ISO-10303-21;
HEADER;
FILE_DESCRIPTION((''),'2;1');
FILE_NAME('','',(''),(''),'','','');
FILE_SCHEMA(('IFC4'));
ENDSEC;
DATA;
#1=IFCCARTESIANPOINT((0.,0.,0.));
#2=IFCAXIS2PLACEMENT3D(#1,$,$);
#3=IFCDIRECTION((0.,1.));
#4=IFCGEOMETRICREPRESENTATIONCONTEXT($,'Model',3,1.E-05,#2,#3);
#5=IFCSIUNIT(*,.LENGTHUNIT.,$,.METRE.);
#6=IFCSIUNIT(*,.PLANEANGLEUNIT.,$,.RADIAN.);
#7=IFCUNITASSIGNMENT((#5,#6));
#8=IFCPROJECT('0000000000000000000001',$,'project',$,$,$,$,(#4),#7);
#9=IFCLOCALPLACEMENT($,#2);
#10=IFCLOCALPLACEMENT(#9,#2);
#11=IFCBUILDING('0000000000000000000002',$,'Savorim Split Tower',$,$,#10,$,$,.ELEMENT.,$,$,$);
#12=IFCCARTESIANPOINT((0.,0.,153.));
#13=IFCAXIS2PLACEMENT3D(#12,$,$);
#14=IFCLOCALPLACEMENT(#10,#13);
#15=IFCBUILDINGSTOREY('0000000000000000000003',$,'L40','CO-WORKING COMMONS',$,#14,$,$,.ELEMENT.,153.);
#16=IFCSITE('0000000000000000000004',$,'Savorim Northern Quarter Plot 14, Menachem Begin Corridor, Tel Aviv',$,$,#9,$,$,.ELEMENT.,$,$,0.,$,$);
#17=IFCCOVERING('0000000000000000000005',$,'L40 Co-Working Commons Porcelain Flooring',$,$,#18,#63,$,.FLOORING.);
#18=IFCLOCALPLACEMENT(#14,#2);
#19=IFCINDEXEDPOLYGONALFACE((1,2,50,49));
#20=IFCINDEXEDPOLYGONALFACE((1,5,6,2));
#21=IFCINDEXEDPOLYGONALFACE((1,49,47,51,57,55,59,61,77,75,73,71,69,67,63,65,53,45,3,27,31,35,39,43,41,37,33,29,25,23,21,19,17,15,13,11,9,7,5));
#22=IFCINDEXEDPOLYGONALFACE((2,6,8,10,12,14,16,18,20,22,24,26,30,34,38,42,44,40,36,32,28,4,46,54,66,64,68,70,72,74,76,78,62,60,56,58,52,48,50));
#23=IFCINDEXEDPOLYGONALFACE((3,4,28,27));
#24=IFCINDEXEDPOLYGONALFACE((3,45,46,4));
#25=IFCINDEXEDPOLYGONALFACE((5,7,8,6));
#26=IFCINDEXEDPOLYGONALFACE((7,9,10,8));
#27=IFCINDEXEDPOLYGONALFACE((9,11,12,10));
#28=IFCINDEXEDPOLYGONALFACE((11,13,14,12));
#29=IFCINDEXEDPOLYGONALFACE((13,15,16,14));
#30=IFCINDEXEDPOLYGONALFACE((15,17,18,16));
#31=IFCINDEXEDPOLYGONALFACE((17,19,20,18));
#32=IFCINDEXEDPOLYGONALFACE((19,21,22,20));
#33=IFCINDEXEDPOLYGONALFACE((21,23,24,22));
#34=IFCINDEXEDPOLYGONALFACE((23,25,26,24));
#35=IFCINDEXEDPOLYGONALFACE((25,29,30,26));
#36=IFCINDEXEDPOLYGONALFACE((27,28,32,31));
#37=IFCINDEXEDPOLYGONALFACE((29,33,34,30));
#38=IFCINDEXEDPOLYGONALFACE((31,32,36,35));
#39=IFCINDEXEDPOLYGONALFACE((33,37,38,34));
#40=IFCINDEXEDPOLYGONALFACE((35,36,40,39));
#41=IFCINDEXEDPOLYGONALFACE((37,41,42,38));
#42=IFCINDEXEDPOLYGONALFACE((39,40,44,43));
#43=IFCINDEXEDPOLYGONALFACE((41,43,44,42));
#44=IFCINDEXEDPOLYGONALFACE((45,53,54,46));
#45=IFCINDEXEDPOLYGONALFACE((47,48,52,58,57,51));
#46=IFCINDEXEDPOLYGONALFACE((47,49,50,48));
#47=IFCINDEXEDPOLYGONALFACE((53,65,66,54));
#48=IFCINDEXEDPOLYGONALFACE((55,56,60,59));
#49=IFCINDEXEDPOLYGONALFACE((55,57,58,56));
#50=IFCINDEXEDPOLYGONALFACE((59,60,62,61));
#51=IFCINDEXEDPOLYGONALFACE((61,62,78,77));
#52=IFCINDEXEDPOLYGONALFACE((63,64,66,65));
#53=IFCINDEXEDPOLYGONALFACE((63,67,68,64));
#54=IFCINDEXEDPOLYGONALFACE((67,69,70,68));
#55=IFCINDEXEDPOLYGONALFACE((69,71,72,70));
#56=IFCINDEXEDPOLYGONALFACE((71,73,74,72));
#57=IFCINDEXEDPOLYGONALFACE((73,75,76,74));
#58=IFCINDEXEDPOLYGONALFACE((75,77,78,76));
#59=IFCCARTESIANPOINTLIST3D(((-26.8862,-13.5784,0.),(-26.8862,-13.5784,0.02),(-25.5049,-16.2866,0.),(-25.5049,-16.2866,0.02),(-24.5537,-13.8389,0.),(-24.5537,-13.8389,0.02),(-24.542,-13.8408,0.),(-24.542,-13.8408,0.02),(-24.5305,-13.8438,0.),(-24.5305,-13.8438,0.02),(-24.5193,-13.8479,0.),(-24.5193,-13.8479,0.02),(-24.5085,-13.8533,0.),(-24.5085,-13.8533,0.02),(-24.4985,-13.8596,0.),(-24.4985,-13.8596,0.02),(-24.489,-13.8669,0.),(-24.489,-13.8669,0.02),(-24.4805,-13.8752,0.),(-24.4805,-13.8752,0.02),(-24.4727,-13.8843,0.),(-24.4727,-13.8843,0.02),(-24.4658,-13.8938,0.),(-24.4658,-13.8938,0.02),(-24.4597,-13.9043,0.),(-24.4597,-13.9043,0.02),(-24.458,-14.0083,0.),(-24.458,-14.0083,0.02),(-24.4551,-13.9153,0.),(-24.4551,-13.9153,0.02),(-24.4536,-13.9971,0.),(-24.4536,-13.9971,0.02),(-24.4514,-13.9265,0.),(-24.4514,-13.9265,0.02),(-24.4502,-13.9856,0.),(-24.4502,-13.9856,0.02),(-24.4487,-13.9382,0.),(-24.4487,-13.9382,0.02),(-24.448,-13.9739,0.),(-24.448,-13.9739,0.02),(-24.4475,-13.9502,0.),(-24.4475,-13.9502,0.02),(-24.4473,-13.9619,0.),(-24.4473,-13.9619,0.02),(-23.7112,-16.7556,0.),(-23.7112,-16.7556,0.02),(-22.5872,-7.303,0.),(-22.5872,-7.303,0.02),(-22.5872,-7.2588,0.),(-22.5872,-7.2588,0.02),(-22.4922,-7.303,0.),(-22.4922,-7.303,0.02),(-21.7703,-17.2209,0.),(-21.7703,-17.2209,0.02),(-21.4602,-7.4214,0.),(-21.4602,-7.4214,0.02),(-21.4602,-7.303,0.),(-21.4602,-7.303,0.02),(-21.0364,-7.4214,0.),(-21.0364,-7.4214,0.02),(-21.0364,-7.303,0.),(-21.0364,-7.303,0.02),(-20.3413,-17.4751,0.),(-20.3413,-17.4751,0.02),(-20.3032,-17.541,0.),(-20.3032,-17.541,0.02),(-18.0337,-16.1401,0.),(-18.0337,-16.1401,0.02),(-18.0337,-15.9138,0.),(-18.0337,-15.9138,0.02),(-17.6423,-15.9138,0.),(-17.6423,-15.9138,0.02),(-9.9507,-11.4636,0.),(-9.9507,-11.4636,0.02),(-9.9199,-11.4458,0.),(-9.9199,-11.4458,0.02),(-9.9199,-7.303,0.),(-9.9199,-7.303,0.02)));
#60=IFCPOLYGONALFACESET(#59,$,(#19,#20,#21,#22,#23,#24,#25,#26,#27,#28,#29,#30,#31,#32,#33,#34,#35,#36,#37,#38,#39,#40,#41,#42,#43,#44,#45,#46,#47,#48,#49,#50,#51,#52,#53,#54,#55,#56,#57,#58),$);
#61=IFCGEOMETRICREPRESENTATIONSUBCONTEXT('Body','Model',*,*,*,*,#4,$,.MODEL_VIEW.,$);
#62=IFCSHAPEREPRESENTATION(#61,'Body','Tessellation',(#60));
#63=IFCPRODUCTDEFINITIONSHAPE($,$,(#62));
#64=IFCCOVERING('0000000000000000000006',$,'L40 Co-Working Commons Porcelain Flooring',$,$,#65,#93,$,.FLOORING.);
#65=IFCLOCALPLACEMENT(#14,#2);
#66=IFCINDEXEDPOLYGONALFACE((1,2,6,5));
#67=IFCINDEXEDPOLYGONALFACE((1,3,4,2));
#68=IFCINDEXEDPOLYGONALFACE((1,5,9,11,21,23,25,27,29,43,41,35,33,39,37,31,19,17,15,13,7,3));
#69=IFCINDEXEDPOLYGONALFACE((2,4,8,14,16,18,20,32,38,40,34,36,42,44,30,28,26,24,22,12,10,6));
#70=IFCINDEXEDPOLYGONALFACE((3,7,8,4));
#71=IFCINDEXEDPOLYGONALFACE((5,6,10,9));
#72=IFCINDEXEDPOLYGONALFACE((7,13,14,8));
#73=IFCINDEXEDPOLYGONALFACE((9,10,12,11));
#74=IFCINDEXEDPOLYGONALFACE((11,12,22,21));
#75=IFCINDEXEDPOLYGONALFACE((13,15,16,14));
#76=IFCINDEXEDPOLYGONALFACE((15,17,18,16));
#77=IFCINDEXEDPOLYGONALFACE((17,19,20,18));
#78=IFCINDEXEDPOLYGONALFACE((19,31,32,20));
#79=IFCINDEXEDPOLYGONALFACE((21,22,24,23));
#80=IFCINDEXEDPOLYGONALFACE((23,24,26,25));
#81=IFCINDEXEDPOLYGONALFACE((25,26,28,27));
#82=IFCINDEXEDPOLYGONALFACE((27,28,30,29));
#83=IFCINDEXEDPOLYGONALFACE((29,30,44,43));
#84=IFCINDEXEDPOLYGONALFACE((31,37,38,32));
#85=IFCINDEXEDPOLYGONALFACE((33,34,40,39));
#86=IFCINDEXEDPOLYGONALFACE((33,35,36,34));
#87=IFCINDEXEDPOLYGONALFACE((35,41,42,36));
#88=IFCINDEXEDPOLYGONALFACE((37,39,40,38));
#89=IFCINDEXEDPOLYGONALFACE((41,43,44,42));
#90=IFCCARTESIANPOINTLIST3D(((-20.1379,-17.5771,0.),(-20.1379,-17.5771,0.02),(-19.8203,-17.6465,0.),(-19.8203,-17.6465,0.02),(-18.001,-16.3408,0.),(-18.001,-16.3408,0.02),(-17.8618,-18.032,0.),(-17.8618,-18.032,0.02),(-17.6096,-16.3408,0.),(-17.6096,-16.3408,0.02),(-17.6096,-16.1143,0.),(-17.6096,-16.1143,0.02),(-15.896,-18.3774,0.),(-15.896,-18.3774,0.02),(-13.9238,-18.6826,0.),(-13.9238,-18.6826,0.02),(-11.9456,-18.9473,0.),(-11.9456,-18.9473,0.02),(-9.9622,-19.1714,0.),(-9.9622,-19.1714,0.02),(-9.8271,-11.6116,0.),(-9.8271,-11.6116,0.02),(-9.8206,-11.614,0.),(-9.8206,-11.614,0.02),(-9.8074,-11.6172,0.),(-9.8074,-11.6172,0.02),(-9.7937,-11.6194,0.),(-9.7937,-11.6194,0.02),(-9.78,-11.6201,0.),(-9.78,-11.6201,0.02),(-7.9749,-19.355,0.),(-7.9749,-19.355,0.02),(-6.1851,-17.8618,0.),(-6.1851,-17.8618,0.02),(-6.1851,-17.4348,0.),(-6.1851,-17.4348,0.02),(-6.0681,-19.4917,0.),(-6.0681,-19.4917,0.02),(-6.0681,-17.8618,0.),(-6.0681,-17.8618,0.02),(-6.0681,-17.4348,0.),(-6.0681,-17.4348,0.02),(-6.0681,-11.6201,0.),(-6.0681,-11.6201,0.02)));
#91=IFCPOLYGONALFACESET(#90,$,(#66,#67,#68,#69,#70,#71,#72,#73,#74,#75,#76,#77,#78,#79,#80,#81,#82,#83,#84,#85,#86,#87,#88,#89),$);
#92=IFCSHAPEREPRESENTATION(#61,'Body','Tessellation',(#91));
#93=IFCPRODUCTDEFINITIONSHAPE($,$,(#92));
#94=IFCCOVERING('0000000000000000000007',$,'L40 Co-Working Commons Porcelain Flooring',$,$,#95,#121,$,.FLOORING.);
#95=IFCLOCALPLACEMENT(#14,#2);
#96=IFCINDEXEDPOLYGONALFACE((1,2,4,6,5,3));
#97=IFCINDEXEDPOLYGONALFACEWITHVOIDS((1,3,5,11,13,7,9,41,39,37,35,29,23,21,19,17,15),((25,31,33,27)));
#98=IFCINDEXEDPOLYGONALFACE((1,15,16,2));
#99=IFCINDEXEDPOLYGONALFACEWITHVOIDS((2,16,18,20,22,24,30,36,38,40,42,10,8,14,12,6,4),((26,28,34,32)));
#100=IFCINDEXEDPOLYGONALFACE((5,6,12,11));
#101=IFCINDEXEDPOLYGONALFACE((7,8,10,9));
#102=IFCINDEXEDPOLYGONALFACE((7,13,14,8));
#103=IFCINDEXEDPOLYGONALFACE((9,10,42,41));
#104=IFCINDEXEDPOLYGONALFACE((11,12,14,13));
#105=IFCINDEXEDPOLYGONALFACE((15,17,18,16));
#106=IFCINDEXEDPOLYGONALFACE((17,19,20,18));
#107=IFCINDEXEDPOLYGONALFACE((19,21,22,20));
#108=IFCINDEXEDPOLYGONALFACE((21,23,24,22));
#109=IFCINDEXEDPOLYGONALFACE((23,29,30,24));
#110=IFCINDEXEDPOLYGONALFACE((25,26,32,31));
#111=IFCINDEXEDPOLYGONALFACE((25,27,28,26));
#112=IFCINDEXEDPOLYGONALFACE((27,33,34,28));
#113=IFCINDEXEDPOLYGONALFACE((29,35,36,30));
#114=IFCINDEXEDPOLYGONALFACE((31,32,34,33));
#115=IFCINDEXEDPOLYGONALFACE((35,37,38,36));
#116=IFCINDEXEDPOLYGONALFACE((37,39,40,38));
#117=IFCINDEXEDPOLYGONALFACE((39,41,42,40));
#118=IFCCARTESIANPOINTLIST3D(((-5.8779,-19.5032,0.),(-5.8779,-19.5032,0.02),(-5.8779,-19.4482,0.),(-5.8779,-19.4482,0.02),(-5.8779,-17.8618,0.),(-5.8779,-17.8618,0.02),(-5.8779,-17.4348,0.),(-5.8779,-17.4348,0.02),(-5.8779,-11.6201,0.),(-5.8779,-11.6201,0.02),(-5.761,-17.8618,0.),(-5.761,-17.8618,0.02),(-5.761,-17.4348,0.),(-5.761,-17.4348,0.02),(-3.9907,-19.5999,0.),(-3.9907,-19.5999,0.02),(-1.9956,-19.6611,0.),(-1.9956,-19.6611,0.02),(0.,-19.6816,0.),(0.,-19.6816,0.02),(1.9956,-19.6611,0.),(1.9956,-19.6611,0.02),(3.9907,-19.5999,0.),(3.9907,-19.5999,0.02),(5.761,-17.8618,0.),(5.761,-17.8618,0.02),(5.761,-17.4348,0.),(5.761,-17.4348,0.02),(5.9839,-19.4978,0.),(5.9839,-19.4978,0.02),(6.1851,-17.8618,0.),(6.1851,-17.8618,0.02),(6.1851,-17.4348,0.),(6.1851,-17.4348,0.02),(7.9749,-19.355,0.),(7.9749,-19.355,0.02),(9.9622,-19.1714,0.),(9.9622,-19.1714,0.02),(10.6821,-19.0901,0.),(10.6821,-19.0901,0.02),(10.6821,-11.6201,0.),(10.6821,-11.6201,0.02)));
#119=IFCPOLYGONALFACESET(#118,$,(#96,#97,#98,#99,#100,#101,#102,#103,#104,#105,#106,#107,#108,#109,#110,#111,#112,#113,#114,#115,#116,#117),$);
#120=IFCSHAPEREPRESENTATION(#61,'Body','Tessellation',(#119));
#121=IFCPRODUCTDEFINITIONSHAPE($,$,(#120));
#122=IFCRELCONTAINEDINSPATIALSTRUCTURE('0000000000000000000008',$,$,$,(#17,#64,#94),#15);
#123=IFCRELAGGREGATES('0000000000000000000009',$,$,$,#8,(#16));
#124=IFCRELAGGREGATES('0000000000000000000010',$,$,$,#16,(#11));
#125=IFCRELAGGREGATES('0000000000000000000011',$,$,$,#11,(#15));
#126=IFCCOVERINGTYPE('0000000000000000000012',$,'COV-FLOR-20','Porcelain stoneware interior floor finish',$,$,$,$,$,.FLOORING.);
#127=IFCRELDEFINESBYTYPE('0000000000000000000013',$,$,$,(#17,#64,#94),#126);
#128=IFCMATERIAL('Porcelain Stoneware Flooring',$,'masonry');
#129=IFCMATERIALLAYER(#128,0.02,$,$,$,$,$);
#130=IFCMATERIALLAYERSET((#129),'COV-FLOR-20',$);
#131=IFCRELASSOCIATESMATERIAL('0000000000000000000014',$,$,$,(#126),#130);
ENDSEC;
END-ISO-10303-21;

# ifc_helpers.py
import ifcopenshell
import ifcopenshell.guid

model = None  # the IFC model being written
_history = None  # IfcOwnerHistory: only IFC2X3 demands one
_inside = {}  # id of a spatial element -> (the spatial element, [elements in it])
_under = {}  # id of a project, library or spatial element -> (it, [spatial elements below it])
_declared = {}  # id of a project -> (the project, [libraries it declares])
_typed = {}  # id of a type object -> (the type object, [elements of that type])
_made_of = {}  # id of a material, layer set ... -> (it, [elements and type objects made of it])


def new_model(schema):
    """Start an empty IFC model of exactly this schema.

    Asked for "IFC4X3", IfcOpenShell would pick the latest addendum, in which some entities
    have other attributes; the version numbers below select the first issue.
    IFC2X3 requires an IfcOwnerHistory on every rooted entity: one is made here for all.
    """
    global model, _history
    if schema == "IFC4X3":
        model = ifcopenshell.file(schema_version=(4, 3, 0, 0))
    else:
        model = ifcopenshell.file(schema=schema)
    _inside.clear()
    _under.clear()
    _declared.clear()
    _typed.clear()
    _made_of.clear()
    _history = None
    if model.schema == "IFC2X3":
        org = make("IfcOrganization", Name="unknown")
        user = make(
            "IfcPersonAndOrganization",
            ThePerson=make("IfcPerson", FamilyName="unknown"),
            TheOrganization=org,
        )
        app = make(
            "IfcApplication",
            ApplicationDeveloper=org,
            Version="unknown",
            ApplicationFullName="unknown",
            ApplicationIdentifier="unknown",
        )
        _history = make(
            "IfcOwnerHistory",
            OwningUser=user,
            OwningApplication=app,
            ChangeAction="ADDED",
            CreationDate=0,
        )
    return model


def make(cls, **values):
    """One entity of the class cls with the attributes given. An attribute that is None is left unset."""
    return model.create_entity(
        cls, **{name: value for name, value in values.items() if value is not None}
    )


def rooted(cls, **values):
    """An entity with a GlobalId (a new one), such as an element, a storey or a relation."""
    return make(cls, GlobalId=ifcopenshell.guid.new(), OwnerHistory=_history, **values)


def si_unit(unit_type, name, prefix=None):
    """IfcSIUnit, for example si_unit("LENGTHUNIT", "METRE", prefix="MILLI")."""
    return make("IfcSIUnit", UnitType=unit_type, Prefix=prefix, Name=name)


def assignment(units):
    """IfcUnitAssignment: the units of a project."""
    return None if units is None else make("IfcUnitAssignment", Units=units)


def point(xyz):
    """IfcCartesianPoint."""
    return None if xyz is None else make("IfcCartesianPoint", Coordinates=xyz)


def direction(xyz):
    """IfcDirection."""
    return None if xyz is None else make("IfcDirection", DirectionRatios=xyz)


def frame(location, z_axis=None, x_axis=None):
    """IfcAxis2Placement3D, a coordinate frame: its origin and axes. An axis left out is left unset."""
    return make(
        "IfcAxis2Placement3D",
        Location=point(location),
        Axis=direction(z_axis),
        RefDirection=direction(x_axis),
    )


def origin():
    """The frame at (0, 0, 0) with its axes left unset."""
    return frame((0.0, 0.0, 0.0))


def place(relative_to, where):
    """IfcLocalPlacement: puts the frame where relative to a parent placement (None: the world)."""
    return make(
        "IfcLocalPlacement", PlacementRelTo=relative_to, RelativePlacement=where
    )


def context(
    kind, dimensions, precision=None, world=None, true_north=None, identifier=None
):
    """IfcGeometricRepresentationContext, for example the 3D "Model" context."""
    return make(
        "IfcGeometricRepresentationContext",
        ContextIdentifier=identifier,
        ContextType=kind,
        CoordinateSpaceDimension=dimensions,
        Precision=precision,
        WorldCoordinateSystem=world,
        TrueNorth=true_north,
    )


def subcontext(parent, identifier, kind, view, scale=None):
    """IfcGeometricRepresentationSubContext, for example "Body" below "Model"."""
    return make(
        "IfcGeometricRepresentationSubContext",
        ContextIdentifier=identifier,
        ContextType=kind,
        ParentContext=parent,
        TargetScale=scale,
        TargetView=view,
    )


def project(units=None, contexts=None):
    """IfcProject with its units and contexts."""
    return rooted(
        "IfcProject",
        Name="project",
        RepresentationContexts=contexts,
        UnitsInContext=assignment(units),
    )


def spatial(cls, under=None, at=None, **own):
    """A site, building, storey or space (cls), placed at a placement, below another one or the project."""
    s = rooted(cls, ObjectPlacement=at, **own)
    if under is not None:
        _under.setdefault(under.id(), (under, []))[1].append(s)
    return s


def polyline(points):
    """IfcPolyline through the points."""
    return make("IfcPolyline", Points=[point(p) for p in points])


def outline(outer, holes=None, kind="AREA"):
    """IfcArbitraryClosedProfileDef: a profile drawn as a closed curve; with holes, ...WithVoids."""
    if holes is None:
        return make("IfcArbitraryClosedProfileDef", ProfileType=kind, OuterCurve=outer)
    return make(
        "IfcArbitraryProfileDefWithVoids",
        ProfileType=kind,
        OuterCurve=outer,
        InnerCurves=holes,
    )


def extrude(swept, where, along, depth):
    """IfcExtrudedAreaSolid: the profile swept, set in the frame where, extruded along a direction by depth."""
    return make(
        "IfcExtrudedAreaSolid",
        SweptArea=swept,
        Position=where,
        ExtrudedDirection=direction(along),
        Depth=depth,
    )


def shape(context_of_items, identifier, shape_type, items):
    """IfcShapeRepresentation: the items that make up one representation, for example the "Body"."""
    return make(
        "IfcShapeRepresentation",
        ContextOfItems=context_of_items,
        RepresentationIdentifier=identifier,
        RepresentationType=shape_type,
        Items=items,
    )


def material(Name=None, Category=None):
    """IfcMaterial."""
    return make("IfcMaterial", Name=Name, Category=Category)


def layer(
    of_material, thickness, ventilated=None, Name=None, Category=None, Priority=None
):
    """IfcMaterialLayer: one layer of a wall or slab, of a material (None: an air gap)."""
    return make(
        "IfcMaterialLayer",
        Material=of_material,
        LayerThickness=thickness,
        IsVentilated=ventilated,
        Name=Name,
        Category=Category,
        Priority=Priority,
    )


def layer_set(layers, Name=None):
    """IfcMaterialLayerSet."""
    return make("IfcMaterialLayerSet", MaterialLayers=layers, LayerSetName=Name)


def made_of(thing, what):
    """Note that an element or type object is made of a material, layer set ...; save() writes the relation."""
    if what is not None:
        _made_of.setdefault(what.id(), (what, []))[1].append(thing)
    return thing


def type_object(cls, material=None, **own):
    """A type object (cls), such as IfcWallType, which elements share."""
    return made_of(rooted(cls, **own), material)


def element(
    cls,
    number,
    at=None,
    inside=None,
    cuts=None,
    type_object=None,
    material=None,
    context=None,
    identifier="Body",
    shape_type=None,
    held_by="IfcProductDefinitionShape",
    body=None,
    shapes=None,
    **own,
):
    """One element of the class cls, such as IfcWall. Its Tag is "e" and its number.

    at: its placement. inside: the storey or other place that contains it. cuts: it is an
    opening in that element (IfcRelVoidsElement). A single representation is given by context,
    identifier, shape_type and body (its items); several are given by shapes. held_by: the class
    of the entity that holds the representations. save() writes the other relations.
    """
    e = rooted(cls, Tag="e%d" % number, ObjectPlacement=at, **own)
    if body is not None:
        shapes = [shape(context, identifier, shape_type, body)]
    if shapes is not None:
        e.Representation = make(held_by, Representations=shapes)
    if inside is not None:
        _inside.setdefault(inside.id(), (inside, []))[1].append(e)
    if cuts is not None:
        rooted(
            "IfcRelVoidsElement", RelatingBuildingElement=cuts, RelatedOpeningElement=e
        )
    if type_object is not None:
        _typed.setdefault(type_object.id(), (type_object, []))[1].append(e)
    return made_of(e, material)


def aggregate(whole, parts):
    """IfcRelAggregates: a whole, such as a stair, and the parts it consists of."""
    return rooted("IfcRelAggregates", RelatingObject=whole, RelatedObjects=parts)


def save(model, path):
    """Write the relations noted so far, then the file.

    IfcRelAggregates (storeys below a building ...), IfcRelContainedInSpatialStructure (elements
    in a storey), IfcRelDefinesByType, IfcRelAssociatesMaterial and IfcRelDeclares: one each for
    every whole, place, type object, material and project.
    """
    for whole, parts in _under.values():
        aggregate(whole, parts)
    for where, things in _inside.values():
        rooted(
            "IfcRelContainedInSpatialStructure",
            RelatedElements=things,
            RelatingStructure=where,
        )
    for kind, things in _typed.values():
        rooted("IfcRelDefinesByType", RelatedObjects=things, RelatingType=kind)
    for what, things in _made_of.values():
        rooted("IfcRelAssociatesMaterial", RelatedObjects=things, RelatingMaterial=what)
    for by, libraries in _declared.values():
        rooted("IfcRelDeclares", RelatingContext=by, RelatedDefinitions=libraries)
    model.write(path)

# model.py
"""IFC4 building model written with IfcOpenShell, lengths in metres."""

from ifc_helpers import new_model, si_unit, direction, frame, origin, place, context, subcontext, project, spatial, polyline, outline, extrude, material, layer, layer_set, type_object, element, save


model = new_model("IFC4")

# Units and contexts
model_context = context("Model", 3, precision=1e-05, world=origin(), true_north=direction((0.0, 1.0)))
body_context = subcontext(model_context, "Body", "Model", "MODEL_VIEW")
ifc_project = project(units=[si_unit("LENGTHUNIT", "METRE"), si_unit("PLANEANGLEUNIT", "RADIAN")], contexts=[model_context])

# Site, building, storey
site_placement = place(None, origin())
site = spatial("IfcSite", under=ifc_project, at=site_placement, Name="Savorim Northern Quarter Plot 14, Menachem Begin Corridor, Tel Aviv", CompositionType="ELEMENT", RefElevation=0.0)
building_placement = place(site_placement, origin())
building = spatial("IfcBuilding", under=site, at=building_placement, Name="Savorim Split Tower", CompositionType="ELEMENT")
storey_placement = place(building_placement, frame((0.0, 0.0, 153.0)))
storey = spatial("IfcBuildingStorey", under=building, at=storey_placement, Name="L40", Description="CO-WORKING COMMONS", CompositionType="ELEMENT", Elevation=153.0)

# Coverings
ifc_material_1 = material(Name="Porcelain Stoneware Flooring", Category="masonry")
ifc_layer_1 = layer(ifc_material_1, 0.02)
ifc_layer_set_1 = layer_set([ifc_layer_1], Name="COV-FLOR-20")
covering_type_1 = type_object("IfcCoveringType", Name="COV-FLOR-20", Description="Porcelain stoneware interior floor finish", PredefinedType="FLOORING", material=ifc_layer_set_1)
covering_1_placement = place(storey_placement, origin())
element("IfcCovering", 1, at=covering_1_placement, inside=storey, type_object=covering_type_1, Name="L40 Co-Working Commons Porcelain Flooring", PredefinedType="FLOORING", context=body_context, shape_type="SweptSolid", body=[
    extrude(outline(polyline([(-24.4475, -13.9502), (-24.4473, -13.9619), (-24.448, -13.9739), (-24.4502, -13.9856), (-24.4536, -13.9971), (-24.458, -14.0083), (-25.5049, -16.2866), (-23.7112, -16.7556), (-21.7703, -17.2209), (-20.3032, -17.541), (-20.3413, -17.4751), (-18.0337, -16.1401), (-18.0337, -15.9138), (-17.6423, -15.9138), (-9.9507, -11.4636), (-9.9199, -11.4458), (-9.9199, -7.303), (-21.0364, -7.303), (-21.0364, -7.4214), (-21.4602, -7.4214), (-21.4602, -7.303), (-22.4922, -7.303), (-22.5872, -7.303), (-22.5872, -7.2588), (-26.8862, -13.5784), (-24.5537, -13.8389), (-24.542, -13.8408), (-24.5305, -13.8438), (-24.5193, -13.8479), (-24.5085, -13.8533), (-24.4985, -13.8596), (-24.489, -13.8669), (-24.4805, -13.8752), (-24.4727, -13.8843), (-24.4658, -13.8938), (-24.4597, -13.9043), (-24.4551, -13.9153), (-24.4514, -13.9265), (-24.4487, -13.9382), (-24.4475, -13.9502)])), origin(), (0.0, 0.0, 1.0), 0.02),
])
covering_2_placement = place(storey_placement, origin())
element("IfcCovering", 2, at=covering_2_placement, inside=storey, type_object=covering_type_1, Name="L40 Co-Working Commons Porcelain Flooring", PredefinedType="FLOORING", context=body_context, shape_type="SweptSolid", body=[
    extrude(outline(polyline([(-13.9238, -18.6826), (-11.9456, -18.9473), (-9.9622, -19.1714), (-7.9749, -19.355), (-6.0681, -19.4917), (-6.0681, -17.8618), (-6.1851, -17.8618), (-6.1851, -17.4348), (-6.0681, -17.4348), (-6.0681, -11.6201), (-9.78, -11.6201), (-9.7937, -11.6194), (-9.8074, -11.6172), (-9.8206, -11.614), (-9.8271, -11.6116), (-17.6096, -16.1143), (-17.6096, -16.3408), (-18.001, -16.3408), (-20.1379, -17.5771), (-19.8203, -17.6465), (-17.8618, -18.032), (-15.896, -18.3774), (-13.9238, -18.6826)])), origin(), (0.0, 0.0, 1.0), 0.02),
])
covering_3_placement = place(storey_placement, origin())
element("IfcCovering", 3, at=covering_3_placement, inside=storey, type_object=covering_type_1, Name="L40 Co-Working Commons Porcelain Flooring", PredefinedType="FLOORING", context=body_context, shape_type="SweptSolid", body=[
    extrude(outline(polyline([(5.9839, -19.4978), (7.9749, -19.355), (9.9622, -19.1714), (10.6821, -19.0901), (10.6821, -11.6201), (-5.8779, -11.6201), (-5.8779, -17.4348), (-5.761, -17.4348), (-5.761, -17.8618), (-5.8779, -17.8618), (-5.8779, -19.4482), (-5.8779, -19.5032), (-3.9907, -19.5999), (-1.9956, -19.6611), (0.0, -19.6816), (1.9956, -19.6611), (3.9907, -19.5999), (5.9839, -19.4978)]), holes=[polyline([(5.761, -17.8618), (6.1851, -17.8618), (6.1851, -17.4348), (5.761, -17.4348), (5.761, -17.8618)])]), origin(), (0.0, 0.0, 1.0), 0.02),
])

save(model, "model.ifc")
